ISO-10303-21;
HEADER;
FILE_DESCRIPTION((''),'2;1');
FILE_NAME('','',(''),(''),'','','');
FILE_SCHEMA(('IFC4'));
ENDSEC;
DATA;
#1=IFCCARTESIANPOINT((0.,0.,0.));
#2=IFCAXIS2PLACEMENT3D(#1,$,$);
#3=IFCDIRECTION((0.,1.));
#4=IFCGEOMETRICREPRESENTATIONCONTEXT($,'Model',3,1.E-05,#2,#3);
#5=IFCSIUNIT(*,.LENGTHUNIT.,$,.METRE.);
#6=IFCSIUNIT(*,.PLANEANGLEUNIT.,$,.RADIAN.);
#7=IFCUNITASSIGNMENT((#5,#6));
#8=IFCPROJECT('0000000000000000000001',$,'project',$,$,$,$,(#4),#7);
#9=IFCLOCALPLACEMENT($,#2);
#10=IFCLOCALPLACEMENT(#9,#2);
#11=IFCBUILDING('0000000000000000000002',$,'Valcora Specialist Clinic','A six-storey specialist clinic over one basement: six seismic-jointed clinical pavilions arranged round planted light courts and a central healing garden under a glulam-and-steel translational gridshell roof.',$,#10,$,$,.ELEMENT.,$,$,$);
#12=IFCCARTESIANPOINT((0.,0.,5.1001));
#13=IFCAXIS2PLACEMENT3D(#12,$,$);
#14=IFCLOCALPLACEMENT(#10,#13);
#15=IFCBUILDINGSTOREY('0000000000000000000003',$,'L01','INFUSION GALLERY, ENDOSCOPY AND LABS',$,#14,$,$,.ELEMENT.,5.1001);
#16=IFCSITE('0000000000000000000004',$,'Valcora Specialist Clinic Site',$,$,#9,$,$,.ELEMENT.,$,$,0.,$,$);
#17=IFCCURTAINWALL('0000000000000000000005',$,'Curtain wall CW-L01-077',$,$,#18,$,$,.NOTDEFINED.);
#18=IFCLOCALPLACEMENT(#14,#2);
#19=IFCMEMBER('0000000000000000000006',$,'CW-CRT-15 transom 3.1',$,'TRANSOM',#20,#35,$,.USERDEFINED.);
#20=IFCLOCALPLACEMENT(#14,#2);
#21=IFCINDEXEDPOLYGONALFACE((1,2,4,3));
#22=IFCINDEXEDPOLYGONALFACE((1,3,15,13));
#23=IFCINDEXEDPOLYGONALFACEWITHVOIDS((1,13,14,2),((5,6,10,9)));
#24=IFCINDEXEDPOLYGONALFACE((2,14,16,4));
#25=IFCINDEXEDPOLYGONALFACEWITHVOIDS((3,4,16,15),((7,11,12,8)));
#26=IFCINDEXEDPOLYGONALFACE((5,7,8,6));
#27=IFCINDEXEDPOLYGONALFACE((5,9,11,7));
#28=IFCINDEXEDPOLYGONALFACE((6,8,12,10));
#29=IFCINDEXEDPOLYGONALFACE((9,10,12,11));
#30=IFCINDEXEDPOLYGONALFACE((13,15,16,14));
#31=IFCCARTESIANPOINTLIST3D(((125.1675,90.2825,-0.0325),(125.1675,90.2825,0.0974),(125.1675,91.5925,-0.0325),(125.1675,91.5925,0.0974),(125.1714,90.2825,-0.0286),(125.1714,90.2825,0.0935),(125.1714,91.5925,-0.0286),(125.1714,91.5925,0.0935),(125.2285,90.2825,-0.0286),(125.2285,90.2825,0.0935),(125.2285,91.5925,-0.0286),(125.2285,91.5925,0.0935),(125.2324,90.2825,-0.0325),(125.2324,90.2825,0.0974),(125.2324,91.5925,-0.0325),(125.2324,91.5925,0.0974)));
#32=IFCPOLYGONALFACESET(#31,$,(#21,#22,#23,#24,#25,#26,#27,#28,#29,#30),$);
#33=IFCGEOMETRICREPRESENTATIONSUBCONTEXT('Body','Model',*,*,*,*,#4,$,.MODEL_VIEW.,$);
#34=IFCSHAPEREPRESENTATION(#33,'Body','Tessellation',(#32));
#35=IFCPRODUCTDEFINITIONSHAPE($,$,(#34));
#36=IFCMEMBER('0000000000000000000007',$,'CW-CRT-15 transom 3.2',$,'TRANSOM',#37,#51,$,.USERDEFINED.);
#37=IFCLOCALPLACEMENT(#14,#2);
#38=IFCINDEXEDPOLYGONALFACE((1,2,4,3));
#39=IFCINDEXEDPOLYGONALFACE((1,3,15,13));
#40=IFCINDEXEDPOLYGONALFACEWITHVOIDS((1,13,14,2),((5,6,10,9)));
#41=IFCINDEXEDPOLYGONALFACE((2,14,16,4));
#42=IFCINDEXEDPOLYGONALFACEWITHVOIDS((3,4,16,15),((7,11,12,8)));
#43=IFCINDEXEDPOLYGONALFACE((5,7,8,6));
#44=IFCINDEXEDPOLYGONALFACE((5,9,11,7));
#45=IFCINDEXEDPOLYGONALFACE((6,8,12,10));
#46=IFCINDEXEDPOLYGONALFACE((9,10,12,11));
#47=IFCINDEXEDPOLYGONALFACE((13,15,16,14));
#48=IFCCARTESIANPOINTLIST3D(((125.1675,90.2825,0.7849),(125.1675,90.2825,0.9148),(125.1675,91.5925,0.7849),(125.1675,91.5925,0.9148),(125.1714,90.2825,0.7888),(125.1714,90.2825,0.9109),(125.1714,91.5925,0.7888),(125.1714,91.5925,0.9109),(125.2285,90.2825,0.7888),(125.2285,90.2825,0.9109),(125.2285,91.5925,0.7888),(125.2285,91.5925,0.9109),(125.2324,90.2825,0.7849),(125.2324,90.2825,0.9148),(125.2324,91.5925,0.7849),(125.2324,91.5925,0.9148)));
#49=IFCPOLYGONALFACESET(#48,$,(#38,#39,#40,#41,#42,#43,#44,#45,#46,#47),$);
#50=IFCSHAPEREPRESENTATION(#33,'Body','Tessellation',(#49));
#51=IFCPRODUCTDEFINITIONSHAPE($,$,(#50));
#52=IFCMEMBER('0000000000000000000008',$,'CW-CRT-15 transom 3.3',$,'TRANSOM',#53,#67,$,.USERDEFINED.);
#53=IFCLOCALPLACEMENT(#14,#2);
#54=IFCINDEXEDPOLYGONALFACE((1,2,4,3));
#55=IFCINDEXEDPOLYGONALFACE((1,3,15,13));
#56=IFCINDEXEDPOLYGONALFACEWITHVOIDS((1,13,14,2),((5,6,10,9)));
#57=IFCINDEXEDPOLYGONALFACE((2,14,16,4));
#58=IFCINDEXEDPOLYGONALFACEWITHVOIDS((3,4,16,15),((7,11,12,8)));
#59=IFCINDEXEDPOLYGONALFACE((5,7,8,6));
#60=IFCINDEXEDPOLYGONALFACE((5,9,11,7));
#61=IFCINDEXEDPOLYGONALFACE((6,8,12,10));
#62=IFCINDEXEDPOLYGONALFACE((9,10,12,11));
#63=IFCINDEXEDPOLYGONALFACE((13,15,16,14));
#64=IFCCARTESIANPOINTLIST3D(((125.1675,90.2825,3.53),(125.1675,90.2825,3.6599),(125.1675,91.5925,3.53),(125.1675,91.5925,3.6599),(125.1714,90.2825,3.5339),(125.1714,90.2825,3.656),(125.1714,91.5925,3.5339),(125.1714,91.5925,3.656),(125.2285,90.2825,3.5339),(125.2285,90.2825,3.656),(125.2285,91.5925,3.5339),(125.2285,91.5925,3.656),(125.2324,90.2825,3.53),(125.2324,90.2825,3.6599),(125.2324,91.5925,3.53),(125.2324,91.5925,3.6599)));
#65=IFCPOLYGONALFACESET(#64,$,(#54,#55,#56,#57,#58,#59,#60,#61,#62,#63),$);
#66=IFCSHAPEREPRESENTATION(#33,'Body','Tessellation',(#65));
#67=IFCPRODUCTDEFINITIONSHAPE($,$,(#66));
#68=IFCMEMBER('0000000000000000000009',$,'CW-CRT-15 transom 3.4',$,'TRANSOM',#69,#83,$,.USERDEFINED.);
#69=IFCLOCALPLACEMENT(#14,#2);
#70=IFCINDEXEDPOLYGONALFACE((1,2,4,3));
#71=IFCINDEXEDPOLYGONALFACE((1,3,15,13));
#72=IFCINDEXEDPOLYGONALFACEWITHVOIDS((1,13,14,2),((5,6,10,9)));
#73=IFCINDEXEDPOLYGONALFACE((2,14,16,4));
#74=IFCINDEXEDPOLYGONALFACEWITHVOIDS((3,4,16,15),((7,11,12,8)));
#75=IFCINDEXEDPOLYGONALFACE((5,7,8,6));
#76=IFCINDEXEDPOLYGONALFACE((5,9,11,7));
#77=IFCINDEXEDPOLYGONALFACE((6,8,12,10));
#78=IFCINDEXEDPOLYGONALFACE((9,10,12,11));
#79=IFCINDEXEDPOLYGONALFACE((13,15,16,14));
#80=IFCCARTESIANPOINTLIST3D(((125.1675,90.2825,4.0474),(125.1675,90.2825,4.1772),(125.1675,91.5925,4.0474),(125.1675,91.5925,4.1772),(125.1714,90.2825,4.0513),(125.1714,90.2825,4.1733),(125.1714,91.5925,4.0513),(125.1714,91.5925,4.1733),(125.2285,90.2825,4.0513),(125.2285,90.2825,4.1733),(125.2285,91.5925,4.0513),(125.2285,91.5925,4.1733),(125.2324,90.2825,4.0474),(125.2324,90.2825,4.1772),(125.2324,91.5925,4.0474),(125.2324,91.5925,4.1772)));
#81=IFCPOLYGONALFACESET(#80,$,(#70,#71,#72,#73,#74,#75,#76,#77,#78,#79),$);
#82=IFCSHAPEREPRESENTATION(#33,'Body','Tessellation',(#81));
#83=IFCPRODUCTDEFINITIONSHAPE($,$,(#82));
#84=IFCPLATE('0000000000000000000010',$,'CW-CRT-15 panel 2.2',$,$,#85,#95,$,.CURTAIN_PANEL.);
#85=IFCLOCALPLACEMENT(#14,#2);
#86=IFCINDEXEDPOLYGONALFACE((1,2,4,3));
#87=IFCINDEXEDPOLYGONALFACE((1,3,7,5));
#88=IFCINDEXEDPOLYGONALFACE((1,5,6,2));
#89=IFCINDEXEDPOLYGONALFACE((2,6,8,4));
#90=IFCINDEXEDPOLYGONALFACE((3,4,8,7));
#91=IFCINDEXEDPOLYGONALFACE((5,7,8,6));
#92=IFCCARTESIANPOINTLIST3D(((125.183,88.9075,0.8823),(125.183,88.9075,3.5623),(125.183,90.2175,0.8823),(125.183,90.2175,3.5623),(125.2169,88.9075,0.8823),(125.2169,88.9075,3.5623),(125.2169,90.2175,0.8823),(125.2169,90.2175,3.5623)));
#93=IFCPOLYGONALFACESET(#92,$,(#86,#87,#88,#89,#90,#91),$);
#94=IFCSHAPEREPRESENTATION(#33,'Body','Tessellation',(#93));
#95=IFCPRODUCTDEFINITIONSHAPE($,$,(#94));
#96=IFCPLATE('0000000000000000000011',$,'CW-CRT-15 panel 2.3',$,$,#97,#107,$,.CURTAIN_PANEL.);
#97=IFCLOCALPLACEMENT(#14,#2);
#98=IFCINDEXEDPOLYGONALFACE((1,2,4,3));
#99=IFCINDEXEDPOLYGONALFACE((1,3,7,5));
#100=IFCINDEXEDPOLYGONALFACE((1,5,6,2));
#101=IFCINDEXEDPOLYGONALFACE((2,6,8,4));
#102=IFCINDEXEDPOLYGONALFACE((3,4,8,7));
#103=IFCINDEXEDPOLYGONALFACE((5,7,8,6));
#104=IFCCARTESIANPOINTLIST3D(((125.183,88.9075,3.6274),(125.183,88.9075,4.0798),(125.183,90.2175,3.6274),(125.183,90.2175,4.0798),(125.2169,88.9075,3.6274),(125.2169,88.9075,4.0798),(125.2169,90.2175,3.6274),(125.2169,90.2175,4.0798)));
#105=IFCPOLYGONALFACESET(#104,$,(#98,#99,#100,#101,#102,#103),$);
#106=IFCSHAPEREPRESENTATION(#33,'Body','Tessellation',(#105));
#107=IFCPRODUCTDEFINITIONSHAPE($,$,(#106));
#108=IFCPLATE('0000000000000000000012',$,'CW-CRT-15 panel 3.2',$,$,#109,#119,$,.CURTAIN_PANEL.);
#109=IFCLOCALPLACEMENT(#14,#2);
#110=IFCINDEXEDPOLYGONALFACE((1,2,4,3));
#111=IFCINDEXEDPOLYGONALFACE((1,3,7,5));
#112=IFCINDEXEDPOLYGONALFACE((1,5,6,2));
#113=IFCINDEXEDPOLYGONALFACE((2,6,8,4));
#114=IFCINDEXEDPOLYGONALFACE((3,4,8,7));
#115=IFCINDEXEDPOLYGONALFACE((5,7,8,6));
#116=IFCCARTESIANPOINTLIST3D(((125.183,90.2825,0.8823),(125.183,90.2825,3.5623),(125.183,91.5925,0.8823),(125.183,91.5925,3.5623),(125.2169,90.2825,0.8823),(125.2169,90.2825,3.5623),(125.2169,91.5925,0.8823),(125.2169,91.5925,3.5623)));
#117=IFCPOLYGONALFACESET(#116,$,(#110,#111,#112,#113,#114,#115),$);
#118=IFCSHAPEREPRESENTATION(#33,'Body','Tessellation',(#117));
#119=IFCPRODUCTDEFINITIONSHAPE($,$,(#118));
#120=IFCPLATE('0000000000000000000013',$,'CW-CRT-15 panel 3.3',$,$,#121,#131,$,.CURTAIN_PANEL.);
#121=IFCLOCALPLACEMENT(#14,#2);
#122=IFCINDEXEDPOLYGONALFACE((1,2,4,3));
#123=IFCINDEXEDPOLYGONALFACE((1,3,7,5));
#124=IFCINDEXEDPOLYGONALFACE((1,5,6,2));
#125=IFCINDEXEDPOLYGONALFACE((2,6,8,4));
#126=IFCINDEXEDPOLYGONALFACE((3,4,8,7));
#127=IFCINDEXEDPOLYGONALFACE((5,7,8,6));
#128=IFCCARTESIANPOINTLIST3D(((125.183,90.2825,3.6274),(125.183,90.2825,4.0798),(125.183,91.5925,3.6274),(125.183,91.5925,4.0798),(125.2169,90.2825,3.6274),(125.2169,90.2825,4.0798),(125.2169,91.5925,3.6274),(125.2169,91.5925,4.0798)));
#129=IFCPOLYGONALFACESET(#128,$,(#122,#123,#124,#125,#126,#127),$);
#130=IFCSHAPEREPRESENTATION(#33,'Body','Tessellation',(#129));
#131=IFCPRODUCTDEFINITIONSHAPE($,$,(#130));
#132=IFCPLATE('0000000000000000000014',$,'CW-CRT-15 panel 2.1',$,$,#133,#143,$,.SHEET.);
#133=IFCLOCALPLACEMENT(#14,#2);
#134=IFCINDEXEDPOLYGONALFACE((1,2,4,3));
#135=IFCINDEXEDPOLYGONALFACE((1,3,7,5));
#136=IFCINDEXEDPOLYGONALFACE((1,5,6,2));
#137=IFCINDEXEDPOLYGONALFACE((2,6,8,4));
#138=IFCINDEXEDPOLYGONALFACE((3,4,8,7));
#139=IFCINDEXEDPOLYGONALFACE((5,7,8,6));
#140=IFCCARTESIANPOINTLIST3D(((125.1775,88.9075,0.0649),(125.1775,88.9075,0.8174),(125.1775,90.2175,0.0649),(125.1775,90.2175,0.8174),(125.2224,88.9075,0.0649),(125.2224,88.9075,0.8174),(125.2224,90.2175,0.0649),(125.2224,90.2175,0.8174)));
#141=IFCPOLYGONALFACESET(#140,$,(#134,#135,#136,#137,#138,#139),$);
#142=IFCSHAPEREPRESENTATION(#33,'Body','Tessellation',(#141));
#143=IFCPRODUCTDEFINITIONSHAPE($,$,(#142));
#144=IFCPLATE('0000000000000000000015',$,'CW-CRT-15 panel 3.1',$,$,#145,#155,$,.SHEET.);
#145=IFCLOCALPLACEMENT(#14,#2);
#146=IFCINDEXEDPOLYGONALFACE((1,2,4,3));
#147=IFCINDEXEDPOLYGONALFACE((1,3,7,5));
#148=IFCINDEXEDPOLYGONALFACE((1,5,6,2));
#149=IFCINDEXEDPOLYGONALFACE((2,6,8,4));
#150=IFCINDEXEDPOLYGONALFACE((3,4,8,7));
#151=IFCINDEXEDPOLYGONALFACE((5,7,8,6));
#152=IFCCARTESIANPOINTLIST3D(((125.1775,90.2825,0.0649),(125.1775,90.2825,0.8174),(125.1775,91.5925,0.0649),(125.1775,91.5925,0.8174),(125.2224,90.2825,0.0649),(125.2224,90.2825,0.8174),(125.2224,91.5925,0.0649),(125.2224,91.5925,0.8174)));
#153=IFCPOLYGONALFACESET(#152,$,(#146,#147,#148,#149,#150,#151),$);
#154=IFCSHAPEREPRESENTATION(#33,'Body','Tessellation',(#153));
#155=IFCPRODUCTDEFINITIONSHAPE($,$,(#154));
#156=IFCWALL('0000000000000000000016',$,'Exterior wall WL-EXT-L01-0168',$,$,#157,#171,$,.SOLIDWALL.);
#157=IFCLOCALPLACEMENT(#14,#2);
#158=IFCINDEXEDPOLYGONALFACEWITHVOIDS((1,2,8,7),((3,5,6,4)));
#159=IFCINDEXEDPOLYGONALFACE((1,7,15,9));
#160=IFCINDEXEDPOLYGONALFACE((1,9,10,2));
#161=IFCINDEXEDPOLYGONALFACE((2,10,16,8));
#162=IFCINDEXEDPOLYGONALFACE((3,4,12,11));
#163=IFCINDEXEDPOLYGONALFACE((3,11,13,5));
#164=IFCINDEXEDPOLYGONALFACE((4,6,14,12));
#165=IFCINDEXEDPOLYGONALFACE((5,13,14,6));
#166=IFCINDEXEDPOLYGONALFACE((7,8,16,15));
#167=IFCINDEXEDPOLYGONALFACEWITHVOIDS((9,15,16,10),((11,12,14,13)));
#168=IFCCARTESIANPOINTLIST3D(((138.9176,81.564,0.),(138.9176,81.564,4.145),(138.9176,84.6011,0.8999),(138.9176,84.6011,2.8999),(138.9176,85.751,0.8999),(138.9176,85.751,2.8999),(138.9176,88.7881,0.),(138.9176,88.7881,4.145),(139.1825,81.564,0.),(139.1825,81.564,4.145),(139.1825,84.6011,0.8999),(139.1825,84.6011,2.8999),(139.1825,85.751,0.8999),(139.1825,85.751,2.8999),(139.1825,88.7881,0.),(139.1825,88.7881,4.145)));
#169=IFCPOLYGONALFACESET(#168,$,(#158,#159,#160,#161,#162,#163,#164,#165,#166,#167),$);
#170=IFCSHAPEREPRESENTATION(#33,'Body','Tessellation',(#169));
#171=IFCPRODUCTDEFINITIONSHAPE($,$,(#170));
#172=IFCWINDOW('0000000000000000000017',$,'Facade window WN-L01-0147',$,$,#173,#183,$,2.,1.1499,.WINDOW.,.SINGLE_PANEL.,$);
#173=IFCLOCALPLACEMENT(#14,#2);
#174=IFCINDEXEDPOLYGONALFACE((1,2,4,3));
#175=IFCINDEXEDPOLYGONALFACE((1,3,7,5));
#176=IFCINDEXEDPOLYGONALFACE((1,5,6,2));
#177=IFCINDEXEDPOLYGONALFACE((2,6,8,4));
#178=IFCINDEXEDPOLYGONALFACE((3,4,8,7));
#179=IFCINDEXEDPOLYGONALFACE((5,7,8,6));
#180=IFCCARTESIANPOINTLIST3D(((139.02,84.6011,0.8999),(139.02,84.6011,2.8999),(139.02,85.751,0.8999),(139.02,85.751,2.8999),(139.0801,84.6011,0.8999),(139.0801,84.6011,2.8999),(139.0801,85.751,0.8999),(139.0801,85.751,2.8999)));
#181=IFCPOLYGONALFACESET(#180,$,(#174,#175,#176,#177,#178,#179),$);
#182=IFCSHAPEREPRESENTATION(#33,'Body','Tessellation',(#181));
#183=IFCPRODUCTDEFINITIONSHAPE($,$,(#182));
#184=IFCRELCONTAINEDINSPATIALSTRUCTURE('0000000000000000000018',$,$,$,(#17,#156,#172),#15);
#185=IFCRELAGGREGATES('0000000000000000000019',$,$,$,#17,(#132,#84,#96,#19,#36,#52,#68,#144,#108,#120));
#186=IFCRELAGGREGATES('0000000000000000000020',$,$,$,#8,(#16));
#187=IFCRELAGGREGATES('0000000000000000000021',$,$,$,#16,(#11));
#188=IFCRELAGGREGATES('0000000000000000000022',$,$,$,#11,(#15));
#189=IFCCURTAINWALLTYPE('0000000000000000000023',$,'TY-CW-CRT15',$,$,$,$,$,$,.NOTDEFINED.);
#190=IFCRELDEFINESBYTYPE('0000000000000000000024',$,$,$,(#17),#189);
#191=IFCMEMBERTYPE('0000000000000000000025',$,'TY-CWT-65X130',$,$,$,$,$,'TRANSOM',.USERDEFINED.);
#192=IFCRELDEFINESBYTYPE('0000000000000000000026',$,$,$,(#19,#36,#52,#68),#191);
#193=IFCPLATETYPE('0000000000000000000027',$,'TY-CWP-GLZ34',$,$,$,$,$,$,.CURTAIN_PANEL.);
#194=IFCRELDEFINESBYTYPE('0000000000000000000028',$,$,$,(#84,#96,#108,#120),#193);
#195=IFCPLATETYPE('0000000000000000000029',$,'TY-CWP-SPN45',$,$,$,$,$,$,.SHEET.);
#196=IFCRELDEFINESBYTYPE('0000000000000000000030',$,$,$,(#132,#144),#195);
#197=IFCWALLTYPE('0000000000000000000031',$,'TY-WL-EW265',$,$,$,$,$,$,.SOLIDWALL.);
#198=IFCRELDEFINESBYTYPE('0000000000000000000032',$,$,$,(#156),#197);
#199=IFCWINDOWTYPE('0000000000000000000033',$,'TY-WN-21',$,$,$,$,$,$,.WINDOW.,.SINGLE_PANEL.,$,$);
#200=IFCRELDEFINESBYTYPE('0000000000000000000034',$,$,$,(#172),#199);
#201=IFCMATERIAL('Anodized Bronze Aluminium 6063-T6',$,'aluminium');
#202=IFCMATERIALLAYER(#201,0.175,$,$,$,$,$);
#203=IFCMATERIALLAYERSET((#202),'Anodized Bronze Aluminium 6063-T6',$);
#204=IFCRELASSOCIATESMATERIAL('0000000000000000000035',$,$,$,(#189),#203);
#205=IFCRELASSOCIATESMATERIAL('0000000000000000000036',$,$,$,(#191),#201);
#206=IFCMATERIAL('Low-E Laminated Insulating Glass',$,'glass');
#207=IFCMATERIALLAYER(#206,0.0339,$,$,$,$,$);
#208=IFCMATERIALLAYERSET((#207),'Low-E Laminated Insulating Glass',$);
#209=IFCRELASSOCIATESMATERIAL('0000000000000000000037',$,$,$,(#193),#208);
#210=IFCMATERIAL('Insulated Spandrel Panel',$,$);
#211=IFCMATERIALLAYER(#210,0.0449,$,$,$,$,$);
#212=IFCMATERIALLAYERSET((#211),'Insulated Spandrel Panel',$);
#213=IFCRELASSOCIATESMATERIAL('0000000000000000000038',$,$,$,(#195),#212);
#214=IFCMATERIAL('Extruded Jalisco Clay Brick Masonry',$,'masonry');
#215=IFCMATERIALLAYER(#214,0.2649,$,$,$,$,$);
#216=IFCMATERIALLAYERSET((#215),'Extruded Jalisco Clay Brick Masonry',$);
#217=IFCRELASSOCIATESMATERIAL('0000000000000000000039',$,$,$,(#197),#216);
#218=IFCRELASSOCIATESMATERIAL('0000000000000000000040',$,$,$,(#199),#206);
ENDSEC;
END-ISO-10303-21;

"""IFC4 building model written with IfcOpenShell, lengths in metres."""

from ifc_helpers import new_model, si_unit, direction, frame, frame_2d, origin, origin_2d, place, context, subcontext, project, spatial, rectangle, hollow_rectangle, extrude, material, layer, layer_set, material_profile, profile_set, type_object, element, fill, aggregate, save


model = new_model("IFC4")

# Units and contexts
model_context = context("Model", 3, precision=1e-05, world=origin(), true_north=direction((0.0, 1.0)))
body_context = subcontext(model_context, "Body", "Model", "MODEL_VIEW")
ifc_project = project(units=[si_unit("LENGTHUNIT", "METRE"), si_unit("PLANEANGLEUNIT", "RADIAN")], contexts=[model_context])

# Site, building, storey
site_placement = place(None, origin())
site = spatial("IfcSite", under=ifc_project, at=site_placement, Name="Valcora Specialist Clinic Site", CompositionType="ELEMENT", RefElevation=0.0)
building_placement = place(site_placement, origin())
building = spatial("IfcBuilding", under=site, at=building_placement, Name="Valcora Specialist Clinic", Description="A six-storey specialist clinic over one basement: six seismic-jointed clinical pavilions arranged round planted light courts and a central healing garden under a glulam-and-steel translational gridshell roof.", CompositionType="ELEMENT")
storey_placement = place(building_placement, frame((0.0, 0.0, 5.1001)))
storey = spatial("IfcBuildingStorey", under=building, at=storey_placement, Name="L01", Description="INFUSION GALLERY, ENDOSCOPY AND LABS", CompositionType="ELEMENT", Elevation=5.1001)

# Curtain wall, members, plates
ifc_material_1 = material(Name="Anodized Bronze Aluminium 6063-T6", Category="aluminium")
ifc_layer_1 = layer(ifc_material_1, 0.175)
ifc_layer_set_1 = layer_set([ifc_layer_1], Name="Anodized Bronze Aluminium 6063-T6")
curtain_wall_type = type_object("IfcCurtainWallType", Name="TY-CW-CRT15", PredefinedType="NOTDEFINED", material=ifc_layer_set_1)
curtain_wall_placement = place(storey_placement, origin())
curtain_wall = element("IfcCurtainWall", 1, at=curtain_wall_placement, inside=storey, type_object=curtain_wall_type, Name="Curtain wall CW-L01-077", PredefinedType="NOTDEFINED")
ifc_material_profile_1 = material_profile(ifc_material_1, hollow_rectangle(XDim=0.0649, YDim=0.1299, WallThickness=0.0039, at=origin_2d()), Name="AL-TRN-65X130")
ifc_profile_set_1 = profile_set([ifc_material_profile_1], Name="Anodized Bronze Aluminium 6063-T6")
member_type_1 = type_object("IfcMemberType", Name="TY-CWT-65X130", ElementType="TRANSOM", PredefinedType="USERDEFINED", material=ifc_profile_set_1)
member_1_placement = place(storey_placement, frame((125.2, 90.2825, 0.0325), z_axis=(0.0, 1.0, 0.0), x_axis=(-1.0, 0.0, 0.0)))
member_1 = element("IfcMember", 2, at=member_1_placement, type_object=member_type_1, Name="CW-CRT-15 transom 3.1", ObjectType="TRANSOM", PredefinedType="USERDEFINED", context=body_context, shape_type="SweptSolid", body=[
    extrude(hollow_rectangle(XDim=0.0649, YDim=0.1299, WallThickness=0.0039, at=origin_2d()), origin(), (0.0, 0.0, 1.0), 1.3101),
])
member_2_placement = place(storey_placement, frame((125.2, 90.2825, 0.8499), z_axis=(0.0, 1.0, 0.0), x_axis=(-1.0, 0.0, 0.0)))
member_2 = element("IfcMember", 3, at=member_2_placement, type_object=member_type_1, Name="CW-CRT-15 transom 3.2", ObjectType="TRANSOM", PredefinedType="USERDEFINED", context=body_context, shape_type="SweptSolid", body=[
    extrude(hollow_rectangle(XDim=0.0649, YDim=0.1299, WallThickness=0.0039, at=origin_2d()), origin(), (0.0, 0.0, 1.0), 1.3101),
])
member_3_placement = place(storey_placement, frame((125.2, 90.2825, 3.595), z_axis=(0.0, 1.0, 0.0), x_axis=(-1.0, 0.0, 0.0)))
member_3 = element("IfcMember", 4, at=member_3_placement, type_object=member_type_1, Name="CW-CRT-15 transom 3.3", ObjectType="TRANSOM", PredefinedType="USERDEFINED", context=body_context, shape_type="SweptSolid", body=[
    extrude(hollow_rectangle(XDim=0.0649, YDim=0.1299, WallThickness=0.0039, at=origin_2d()), origin(), (0.0, 0.0, 1.0), 1.3101),
])
member_4_placement = place(storey_placement, frame((125.2, 90.2825, 4.1123), z_axis=(0.0, 1.0, 0.0), x_axis=(-1.0, 0.0, 0.0)))
member_4 = element("IfcMember", 5, at=member_4_placement, type_object=member_type_1, Name="CW-CRT-15 transom 3.4", ObjectType="TRANSOM", PredefinedType="USERDEFINED", context=body_context, shape_type="SweptSolid", body=[
    extrude(hollow_rectangle(XDim=0.0649, YDim=0.1299, WallThickness=0.0039, at=origin_2d()), origin(), (0.0, 0.0, 1.0), 1.3101),
])
ifc_material_2 = material(Name="Low-E Laminated Insulating Glass", Category="glass")
ifc_layer_2 = layer(ifc_material_2, 0.0339)
ifc_layer_set_2 = layer_set([ifc_layer_2], Name="Low-E Laminated Insulating Glass")
plate_type_1 = type_object("IfcPlateType", Name="TY-CWP-GLZ34", PredefinedType="CURTAIN_PANEL", material=ifc_layer_set_2)
plate_1_placement = place(storey_placement, frame((125.2, 89.5625, 0.8823), z_axis=(0.0, 0.0, 1.0), x_axis=(0.0, 1.0, 0.0)))
plate_1 = element("IfcPlate", 6, at=plate_1_placement, type_object=plate_type_1, Name="CW-CRT-15 panel 2.2", PredefinedType="CURTAIN_PANEL", context=body_context, shape_type="SweptSolid", body=[
    extrude(rectangle(XDim=1.3101, YDim=0.0339, at=origin_2d()), origin(), (0.0, 0.0, 1.0), 2.6799),
])
plate_2_placement = place(storey_placement, frame((125.2, 89.5625, 3.6274), z_axis=(0.0, 0.0, 1.0), x_axis=(0.0, 1.0, 0.0)))
plate_2 = element("IfcPlate", 7, at=plate_2_placement, type_object=plate_type_1, Name="CW-CRT-15 panel 2.3", PredefinedType="CURTAIN_PANEL", context=body_context, shape_type="SweptSolid", body=[
    extrude(rectangle(XDim=1.3101, YDim=0.0339, at=origin_2d()), origin(), (0.0, 0.0, 1.0), 0.4524),
])
plate_3_placement = place(storey_placement, frame((125.2, 90.9375, 0.8823), z_axis=(0.0, 0.0, 1.0), x_axis=(0.0, 1.0, 0.0)))
plate_3 = element("IfcPlate", 8, at=plate_3_placement, type_object=plate_type_1, Name="CW-CRT-15 panel 3.2", PredefinedType="CURTAIN_PANEL", context=body_context, shape_type="SweptSolid", body=[
    extrude(rectangle(XDim=1.3101, YDim=0.0339, at=origin_2d()), origin(), (0.0, 0.0, 1.0), 2.6799),
])
plate_4_placement = place(storey_placement, frame((125.2, 90.9375, 3.6274), z_axis=(0.0, 0.0, 1.0), x_axis=(0.0, 1.0, 0.0)))
plate_4 = element("IfcPlate", 9, at=plate_4_placement, type_object=plate_type_1, Name="CW-CRT-15 panel 3.3", PredefinedType="CURTAIN_PANEL", context=body_context, shape_type="SweptSolid", body=[
    extrude(rectangle(XDim=1.3101, YDim=0.0339, at=origin_2d()), origin(), (0.0, 0.0, 1.0), 0.4524),
])
ifc_material_3 = material(Name="Insulated Spandrel Panel")
ifc_layer_3 = layer(ifc_material_3, 0.0449)
ifc_layer_set_3 = layer_set([ifc_layer_3], Name="Insulated Spandrel Panel")
plate_type_2 = type_object("IfcPlateType", Name="TY-CWP-SPN45", PredefinedType="SHEET", material=ifc_layer_set_3)
plate_5_placement = place(storey_placement, frame((125.2, 89.5625, 0.0649), z_axis=(0.0, 0.0, 1.0), x_axis=(0.0, 1.0, 0.0)))
plate_5 = element("IfcPlate", 10, at=plate_5_placement, type_object=plate_type_2, Name="CW-CRT-15 panel 2.1", PredefinedType="SHEET", context=body_context, shape_type="SweptSolid", body=[
    extrude(rectangle(XDim=1.3101, YDim=0.0449, at=origin_2d()), origin(), (0.0, 0.0, 1.0), 0.7524),
])
plate_6_placement = place(storey_placement, frame((125.2, 90.9375, 0.0649), z_axis=(0.0, 0.0, 1.0), x_axis=(0.0, 1.0, 0.0)))
plate_6 = element("IfcPlate", 11, at=plate_6_placement, type_object=plate_type_2, Name="CW-CRT-15 panel 3.1", PredefinedType="SHEET", context=body_context, shape_type="SweptSolid", body=[
    extrude(rectangle(XDim=1.3101, YDim=0.0449, at=origin_2d()), origin(), (0.0, 0.0, 1.0), 0.7524),
])
aggregate(curtain_wall, [plate_5, plate_1, plate_2, member_1, member_2, member_3, member_4, plate_6, plate_3, plate_4])

# Wall, opening, window
ifc_material_4 = material(Name="Extruded Jalisco Clay Brick Masonry", Category="masonry")
ifc_layer_4 = layer(ifc_material_4, 0.2649)
ifc_layer_set_4 = layer_set([ifc_layer_4], Name="Extruded Jalisco Clay Brick Masonry")
wall_type_1 = type_object("IfcWallType", Name="TY-WL-EW265", PredefinedType="SOLIDWALL", material=ifc_layer_set_4)
wall_1_placement = place(storey_placement, frame((139.05, 88.7881, 0.0), z_axis=(0.0, 0.0, 1.0), x_axis=(0.0, -1.0, 0.0)))
wall_1 = element("IfcWall", 12, at=wall_1_placement, inside=storey, type_object=wall_type_1, Name="Exterior wall WL-EXT-L01-0168", PredefinedType="SOLIDWALL", context=body_context, shape_type="SweptSolid", body=[
    extrude(rectangle(XDim=7.2241, YDim=0.2649, at=frame_2d((3.6121, 0.0))), origin(), (0.0, 0.0, 1.0), 4.145),
])
opening_placement = place(wall_1_placement, frame((3.0371, 0.0, 0.8999)))
opening = element("IfcOpeningElement", 13, at=opening_placement, cuts=wall_1, PredefinedType="OPENING", context=body_context, shape_type="SweptSolid", body=[
    extrude(rectangle(XDim=1.1499, YDim=2.0, at=frame_2d((0.575, 1.0))), frame((0.0, 0.1423, 0.0), z_axis=(0.0, -1.0, 0.0), x_axis=(1.0, 0.0, 0.0)), (0.0, 0.0, 1.0), 0.2849),
])
window_type = type_object("IfcWindowType", Name="TY-WN-21", PartitioningType="SINGLE_PANEL", PredefinedType="WINDOW", material=ifc_material_2)
window_placement = place(opening_placement, origin())
window = element("IfcWindow", 14, at=window_placement, inside=storey, type_object=window_type, Name="Facade window WN-L01-0147", OverallHeight=2.0, OverallWidth=1.1499, PartitioningType="SINGLE_PANEL", PredefinedType="WINDOW", context=body_context, shape_type="SweptSolid", body=[
    extrude(rectangle(XDim=1.1499, YDim=2.0, at=frame_2d((0.575, 1.0))), frame((0.0, 0.03, 0.0), z_axis=(0.0, -1.0, 0.0), x_axis=(1.0, 0.0, 0.0)), (0.0, 0.0, 1.0), 0.0601),
])
fill(opening, window)

save(model, "model.ifc")
